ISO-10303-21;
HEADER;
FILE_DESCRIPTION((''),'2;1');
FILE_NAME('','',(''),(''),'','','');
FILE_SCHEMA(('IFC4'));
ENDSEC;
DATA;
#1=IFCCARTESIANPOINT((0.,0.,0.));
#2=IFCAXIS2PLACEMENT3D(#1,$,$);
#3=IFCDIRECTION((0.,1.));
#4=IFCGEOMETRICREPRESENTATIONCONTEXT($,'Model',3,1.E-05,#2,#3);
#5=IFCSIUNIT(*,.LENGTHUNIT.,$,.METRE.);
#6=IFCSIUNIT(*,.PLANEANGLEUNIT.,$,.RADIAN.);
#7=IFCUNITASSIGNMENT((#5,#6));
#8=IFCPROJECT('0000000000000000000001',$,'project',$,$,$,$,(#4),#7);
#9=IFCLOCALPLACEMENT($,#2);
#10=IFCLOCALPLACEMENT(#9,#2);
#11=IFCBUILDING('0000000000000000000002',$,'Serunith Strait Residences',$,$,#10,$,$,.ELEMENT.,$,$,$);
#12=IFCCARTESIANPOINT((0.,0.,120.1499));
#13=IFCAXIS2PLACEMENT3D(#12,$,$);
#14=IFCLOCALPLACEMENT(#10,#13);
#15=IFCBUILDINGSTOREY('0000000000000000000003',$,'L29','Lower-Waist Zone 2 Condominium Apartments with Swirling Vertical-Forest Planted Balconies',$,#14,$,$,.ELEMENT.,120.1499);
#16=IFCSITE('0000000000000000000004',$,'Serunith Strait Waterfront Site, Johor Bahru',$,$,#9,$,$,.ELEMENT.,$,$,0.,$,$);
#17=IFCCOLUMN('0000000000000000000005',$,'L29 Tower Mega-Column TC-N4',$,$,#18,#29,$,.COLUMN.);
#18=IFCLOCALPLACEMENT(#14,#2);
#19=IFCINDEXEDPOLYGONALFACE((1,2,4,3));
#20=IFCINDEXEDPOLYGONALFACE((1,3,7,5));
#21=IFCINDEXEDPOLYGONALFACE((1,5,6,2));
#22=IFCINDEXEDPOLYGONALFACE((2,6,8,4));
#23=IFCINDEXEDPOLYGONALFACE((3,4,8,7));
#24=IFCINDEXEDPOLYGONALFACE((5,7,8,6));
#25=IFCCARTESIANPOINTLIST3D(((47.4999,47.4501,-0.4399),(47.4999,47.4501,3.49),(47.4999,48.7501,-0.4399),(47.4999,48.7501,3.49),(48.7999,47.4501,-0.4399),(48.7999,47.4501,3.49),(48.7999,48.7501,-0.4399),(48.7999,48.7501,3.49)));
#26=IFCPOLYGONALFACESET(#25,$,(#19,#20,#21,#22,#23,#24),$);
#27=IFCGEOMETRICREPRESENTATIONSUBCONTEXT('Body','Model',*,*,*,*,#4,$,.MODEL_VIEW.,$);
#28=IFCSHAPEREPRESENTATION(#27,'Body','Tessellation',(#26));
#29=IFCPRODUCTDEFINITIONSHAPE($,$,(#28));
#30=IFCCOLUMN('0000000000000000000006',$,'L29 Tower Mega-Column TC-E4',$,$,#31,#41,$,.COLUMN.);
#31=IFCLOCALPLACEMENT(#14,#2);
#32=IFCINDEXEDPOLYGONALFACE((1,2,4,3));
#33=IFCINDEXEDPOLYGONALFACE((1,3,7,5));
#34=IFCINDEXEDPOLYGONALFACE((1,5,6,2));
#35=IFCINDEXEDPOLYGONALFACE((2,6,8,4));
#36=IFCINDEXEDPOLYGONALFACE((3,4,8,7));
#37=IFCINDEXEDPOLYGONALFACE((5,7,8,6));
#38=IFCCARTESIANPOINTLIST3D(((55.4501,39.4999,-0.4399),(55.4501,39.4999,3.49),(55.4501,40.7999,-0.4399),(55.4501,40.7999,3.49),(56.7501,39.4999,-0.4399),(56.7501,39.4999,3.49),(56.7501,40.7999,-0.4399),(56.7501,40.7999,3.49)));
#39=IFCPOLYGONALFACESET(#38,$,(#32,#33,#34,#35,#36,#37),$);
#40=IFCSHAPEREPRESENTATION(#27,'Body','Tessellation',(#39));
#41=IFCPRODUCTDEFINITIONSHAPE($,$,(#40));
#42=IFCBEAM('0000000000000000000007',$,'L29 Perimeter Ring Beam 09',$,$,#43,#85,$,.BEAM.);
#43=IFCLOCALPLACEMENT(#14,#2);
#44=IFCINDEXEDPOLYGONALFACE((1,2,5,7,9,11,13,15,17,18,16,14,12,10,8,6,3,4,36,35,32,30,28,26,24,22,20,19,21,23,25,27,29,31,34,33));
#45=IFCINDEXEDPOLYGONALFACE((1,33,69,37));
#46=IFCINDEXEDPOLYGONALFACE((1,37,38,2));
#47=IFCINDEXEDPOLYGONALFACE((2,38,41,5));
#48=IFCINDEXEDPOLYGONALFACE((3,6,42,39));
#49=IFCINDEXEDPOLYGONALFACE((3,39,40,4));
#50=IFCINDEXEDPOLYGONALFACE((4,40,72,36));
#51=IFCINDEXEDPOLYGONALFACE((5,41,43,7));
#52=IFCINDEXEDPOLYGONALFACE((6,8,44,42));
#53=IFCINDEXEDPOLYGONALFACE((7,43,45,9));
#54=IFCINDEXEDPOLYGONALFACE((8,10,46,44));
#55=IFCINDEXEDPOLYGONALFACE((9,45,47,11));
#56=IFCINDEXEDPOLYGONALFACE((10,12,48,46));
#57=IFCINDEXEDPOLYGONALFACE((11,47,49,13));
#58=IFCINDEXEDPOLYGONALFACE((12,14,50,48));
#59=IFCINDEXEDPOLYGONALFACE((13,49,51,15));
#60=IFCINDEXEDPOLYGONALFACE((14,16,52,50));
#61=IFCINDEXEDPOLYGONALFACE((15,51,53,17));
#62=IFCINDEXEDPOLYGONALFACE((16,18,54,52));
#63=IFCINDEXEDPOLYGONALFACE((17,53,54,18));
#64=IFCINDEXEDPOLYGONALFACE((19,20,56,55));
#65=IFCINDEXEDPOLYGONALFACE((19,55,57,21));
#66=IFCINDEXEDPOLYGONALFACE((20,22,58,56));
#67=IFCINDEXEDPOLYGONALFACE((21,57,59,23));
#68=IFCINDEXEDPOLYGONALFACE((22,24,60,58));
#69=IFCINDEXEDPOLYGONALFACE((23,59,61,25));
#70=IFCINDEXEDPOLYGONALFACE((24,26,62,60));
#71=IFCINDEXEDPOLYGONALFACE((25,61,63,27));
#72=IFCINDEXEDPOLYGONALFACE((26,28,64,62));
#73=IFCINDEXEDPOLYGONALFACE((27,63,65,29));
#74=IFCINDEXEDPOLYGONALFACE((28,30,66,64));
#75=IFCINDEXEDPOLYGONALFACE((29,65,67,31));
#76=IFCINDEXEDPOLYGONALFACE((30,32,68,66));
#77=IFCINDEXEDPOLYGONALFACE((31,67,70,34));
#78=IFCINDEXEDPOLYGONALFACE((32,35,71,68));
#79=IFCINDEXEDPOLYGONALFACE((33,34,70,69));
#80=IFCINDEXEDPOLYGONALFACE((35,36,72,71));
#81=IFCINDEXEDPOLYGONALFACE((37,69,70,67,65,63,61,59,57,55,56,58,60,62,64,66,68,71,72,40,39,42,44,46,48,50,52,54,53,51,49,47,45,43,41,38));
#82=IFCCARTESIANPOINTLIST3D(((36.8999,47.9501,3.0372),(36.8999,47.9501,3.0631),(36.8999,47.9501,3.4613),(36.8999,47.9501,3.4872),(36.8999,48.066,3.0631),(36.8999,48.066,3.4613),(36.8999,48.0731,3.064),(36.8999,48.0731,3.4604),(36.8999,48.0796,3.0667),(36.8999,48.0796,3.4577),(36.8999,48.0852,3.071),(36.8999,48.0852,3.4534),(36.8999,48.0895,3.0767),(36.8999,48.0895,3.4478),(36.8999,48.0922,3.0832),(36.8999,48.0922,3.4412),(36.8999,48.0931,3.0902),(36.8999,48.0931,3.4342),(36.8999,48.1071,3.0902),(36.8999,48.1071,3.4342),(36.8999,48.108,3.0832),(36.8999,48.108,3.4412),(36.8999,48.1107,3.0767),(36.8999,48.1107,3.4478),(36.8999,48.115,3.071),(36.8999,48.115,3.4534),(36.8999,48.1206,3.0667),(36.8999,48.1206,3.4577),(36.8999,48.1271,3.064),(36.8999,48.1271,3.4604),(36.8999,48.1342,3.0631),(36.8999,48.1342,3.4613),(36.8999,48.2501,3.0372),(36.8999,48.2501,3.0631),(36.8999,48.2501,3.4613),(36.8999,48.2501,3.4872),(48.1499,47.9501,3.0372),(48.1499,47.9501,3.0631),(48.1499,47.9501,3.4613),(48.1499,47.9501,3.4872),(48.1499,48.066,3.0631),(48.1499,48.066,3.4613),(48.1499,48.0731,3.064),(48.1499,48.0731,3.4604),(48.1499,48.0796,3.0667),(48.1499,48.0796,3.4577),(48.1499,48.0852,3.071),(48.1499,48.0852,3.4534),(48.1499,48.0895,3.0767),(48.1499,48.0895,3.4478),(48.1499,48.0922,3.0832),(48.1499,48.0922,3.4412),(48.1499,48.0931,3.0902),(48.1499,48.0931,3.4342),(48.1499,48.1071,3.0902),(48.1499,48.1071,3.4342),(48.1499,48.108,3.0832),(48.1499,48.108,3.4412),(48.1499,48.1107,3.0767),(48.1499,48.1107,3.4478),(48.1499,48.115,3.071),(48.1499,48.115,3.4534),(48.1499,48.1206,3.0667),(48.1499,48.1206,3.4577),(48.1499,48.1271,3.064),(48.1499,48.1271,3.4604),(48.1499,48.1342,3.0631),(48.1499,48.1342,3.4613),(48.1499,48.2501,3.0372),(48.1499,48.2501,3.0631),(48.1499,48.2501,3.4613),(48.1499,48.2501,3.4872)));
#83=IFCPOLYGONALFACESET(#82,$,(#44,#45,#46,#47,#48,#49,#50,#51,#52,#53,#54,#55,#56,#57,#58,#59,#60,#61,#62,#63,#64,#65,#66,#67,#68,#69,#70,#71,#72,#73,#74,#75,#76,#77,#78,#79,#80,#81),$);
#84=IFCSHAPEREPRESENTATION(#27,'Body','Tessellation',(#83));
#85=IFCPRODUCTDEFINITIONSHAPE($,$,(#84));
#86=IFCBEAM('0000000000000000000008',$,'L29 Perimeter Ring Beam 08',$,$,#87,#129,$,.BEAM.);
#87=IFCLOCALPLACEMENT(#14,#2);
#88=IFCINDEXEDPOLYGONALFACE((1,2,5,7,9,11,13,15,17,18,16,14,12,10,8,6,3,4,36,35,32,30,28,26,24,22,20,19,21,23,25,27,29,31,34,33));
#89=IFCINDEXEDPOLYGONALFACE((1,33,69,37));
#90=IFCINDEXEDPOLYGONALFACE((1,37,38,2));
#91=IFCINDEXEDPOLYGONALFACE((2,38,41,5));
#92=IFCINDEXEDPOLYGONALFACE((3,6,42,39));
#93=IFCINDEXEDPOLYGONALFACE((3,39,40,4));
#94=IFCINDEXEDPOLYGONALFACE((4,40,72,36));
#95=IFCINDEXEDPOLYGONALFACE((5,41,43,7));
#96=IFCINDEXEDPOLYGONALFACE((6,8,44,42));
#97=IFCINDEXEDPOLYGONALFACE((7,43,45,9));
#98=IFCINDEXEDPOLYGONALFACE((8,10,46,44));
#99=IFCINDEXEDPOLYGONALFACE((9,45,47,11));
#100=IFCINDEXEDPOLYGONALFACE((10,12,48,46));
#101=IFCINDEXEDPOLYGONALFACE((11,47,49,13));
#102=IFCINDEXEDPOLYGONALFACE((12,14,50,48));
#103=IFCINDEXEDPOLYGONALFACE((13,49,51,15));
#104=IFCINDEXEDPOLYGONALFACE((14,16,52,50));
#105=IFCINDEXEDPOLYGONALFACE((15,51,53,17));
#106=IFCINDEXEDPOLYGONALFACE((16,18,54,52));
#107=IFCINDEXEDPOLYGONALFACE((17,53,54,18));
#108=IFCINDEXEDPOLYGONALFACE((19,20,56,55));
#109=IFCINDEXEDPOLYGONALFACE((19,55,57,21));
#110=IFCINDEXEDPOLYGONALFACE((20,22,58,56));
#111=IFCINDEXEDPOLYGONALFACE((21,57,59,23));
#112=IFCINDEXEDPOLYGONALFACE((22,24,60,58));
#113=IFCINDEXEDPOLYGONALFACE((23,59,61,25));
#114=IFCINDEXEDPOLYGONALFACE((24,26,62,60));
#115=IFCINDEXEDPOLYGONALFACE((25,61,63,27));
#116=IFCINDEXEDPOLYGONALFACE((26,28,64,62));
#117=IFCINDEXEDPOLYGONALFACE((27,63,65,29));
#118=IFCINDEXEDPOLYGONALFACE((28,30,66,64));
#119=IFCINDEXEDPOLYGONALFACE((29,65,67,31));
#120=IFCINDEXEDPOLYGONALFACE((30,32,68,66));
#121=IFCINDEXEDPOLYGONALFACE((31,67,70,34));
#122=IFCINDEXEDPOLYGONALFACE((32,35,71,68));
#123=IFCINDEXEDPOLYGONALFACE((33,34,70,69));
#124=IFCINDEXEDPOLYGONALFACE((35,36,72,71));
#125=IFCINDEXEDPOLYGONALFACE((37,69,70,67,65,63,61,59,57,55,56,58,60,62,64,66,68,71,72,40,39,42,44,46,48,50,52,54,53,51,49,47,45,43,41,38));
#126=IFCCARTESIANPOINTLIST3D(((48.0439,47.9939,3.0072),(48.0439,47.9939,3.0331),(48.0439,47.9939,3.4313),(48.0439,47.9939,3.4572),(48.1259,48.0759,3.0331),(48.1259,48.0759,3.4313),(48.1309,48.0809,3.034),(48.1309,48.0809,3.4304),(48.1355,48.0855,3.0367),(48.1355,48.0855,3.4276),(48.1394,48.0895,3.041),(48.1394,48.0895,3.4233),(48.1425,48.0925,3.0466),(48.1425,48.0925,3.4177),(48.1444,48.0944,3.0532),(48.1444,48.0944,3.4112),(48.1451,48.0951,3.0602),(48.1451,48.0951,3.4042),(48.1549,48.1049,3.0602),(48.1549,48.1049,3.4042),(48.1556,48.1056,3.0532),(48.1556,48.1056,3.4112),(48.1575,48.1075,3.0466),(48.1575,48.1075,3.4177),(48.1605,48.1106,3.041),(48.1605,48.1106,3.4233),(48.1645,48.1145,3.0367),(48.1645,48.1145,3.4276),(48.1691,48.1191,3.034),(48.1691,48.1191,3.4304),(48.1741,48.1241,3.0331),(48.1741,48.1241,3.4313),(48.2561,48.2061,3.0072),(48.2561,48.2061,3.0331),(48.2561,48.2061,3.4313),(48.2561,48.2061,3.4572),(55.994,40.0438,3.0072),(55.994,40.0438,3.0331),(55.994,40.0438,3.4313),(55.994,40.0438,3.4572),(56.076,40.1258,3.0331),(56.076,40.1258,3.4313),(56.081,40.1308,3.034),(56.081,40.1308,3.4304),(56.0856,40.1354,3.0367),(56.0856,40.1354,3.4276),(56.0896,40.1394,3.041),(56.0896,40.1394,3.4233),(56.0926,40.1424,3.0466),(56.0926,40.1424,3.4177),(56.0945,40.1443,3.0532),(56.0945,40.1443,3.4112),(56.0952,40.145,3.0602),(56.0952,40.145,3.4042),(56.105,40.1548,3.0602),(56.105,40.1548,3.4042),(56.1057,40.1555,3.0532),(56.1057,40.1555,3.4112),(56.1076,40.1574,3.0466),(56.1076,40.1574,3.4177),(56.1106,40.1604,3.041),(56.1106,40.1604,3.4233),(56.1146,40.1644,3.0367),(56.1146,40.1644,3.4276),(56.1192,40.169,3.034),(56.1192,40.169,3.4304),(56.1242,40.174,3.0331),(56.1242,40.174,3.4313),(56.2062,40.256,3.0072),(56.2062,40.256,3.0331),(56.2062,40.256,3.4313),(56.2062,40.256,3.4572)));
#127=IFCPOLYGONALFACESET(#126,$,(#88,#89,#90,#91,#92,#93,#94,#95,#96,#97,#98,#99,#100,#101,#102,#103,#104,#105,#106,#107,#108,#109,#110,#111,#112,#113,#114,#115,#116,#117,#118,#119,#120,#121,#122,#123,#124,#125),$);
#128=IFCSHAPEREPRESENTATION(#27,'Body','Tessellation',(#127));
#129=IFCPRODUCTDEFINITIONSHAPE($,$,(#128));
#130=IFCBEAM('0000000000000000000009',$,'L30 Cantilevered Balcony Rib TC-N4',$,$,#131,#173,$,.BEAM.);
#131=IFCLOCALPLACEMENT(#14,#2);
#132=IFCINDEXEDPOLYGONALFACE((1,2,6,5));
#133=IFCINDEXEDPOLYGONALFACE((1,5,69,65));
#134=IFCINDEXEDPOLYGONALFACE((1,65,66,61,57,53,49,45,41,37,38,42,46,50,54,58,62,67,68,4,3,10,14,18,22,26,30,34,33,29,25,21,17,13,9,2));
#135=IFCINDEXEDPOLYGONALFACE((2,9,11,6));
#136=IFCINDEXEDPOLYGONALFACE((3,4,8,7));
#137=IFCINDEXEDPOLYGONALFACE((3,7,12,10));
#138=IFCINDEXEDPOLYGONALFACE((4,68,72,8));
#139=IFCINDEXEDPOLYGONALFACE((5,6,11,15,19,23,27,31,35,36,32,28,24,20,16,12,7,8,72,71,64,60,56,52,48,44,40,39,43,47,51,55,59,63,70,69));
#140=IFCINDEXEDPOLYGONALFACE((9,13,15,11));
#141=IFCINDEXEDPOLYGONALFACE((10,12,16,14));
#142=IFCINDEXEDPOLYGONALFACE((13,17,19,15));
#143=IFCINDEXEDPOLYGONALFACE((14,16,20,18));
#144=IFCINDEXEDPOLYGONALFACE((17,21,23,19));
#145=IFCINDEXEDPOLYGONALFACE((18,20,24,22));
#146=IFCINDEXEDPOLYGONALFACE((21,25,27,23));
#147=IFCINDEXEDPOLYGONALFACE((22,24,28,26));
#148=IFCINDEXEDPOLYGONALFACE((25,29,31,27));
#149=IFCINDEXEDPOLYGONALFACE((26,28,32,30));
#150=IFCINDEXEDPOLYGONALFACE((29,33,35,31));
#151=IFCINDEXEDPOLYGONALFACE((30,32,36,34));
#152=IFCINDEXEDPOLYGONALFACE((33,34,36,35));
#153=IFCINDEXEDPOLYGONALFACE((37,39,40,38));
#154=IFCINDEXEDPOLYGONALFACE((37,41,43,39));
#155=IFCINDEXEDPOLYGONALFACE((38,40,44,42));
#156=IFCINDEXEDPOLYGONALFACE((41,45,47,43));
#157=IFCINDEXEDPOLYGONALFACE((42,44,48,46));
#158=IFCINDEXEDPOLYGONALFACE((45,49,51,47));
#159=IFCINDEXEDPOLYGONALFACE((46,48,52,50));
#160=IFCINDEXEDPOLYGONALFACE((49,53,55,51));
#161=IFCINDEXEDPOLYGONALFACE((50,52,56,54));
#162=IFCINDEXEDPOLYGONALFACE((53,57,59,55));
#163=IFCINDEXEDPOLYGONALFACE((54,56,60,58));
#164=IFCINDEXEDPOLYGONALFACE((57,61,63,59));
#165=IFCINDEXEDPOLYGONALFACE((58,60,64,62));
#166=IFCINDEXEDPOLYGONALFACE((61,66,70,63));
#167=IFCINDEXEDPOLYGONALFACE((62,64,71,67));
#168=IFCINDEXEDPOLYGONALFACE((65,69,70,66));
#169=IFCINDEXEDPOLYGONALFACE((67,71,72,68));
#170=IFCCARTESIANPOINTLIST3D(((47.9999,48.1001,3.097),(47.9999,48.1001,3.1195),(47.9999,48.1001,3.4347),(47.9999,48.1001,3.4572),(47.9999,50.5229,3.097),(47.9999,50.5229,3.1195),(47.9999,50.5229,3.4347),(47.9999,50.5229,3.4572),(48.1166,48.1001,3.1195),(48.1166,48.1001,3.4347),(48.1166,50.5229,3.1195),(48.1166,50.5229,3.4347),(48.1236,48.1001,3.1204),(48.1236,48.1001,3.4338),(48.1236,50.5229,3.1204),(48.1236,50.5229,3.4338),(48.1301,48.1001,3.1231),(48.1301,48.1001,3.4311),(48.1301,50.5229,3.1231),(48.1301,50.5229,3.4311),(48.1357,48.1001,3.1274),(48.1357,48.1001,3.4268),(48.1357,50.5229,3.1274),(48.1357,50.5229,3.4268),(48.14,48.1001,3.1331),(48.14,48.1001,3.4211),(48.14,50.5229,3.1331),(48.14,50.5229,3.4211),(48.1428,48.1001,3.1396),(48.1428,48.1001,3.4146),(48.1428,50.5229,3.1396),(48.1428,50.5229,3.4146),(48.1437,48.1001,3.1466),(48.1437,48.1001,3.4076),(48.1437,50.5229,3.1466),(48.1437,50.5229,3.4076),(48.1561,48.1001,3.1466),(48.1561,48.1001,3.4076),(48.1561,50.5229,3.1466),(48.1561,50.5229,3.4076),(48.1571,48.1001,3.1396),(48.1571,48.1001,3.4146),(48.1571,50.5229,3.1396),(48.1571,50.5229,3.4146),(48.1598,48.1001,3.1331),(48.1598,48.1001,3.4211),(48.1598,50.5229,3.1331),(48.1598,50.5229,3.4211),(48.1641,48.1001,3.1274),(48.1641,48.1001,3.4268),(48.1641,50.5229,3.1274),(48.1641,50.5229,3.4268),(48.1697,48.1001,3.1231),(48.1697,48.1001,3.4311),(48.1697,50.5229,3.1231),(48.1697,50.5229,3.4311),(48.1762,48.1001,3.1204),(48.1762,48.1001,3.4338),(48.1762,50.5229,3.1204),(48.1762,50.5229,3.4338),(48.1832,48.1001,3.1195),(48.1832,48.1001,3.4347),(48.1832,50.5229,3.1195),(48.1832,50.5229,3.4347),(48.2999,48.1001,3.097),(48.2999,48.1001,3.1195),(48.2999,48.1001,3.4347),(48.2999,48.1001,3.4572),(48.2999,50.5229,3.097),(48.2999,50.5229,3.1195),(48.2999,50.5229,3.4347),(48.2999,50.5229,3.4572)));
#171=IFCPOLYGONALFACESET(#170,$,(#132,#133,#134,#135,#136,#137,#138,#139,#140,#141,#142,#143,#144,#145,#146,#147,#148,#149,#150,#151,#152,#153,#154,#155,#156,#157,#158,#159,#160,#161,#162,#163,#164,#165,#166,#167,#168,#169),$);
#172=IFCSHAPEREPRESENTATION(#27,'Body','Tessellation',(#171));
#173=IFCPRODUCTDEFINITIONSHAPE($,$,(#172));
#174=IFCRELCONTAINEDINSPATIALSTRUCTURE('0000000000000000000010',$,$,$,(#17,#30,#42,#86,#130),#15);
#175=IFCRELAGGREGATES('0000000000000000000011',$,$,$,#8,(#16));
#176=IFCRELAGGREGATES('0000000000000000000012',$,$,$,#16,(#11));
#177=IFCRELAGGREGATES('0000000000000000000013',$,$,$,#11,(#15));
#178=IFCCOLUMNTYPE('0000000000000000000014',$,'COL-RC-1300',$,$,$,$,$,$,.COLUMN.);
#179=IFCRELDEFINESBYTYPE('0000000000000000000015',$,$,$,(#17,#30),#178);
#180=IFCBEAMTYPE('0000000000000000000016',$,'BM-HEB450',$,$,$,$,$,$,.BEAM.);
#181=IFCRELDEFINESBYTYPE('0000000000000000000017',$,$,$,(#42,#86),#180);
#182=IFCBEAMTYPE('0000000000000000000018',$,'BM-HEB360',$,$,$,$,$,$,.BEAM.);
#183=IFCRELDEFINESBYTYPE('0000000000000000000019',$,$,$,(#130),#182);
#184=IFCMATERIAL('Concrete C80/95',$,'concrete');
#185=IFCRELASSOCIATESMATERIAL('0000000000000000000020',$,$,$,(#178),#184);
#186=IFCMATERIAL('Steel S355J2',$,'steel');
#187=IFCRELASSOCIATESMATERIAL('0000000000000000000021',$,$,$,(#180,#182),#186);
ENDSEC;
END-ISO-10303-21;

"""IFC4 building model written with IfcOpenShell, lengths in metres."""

from ifc_helpers import new_model, si_unit, direction, frame, origin, origin_2d, place, context, subcontext, project, spatial, rectangle, i_section, extrude, source, transform, mapped, material, material_profile, profile_set, type_object, element, save


model = new_model("IFC4")

# Units and contexts
model_context = context("Model", 3, precision=1e-05, world=origin(), true_north=direction((0.0, 1.0)))
body_context = subcontext(model_context, "Body", "Model", "MODEL_VIEW")
ifc_project = project(units=[si_unit("LENGTHUNIT", "METRE"), si_unit("PLANEANGLEUNIT", "RADIAN")], contexts=[model_context])

# Site, building, storey
site_placement = place(None, origin())
site = spatial("IfcSite", under=ifc_project, at=site_placement, Name="Serunith Strait Waterfront Site, Johor Bahru", CompositionType="ELEMENT", RefElevation=0.0)
building_placement = place(site_placement, origin())
building = spatial("IfcBuilding", under=site, at=building_placement, Name="Serunith Strait Residences", CompositionType="ELEMENT")
storey_placement = place(building_placement, frame((0.0, 0.0, 120.1499)))
storey = spatial("IfcBuildingStorey", under=building, at=storey_placement, Name="L29", Description="Lower-Waist Zone 2 Condominium Apartments with Swirling Vertical-Forest Planted Balconies", CompositionType="ELEMENT", Elevation=120.1499)

# Columns
ifc_material_1 = material(Name="Concrete C80/95", Category="concrete")
ifc_material_profile_1 = material_profile(ifc_material_1, rectangle(XDim=1.3, YDim=1.3, at=origin_2d()), Name="RC 1300x1300")
ifc_profile_set_1 = profile_set([ifc_material_profile_1], Name="Concrete C80/95")
column_type = type_object("IfcColumnType", Name="COL-RC-1300", PredefinedType="COLUMN", material=ifc_profile_set_1)
shared_shape_1 = source(origin(), body_context, "Body", "SweptSolid", [
    extrude(rectangle(XDim=1.3, YDim=1.3, at=origin_2d()), origin(), (0.0, 0.0, 1.0), 3.9299),
])
for number, where, z_axis, x_axis, name in (
    (1, (48.1499, 48.1001, -0.4399), (0.0, 0.0, 1.0), (1.0, 0.0, 0.0), "L29 Tower Mega-Column TC-N4"),
    (2, (56.1001, 40.1499, -0.4399), (0.0, 0.0, 1.0), (1.0, 0.0, 0.0), "L29 Tower Mega-Column TC-E4"),
):
    element("IfcColumn", number, at=place(storey_placement, frame(where, z_axis=z_axis, x_axis=x_axis)), inside=storey, type_object=column_type, Name=name, PredefinedType="COLUMN", context=body_context, shape_type="MappedRepresentation", body=[
        mapped(shared_shape_1, transform((0.0, 0.0, 0.0), scale=1.0)),
    ])

# Beams
ifc_material_2 = material(Name="Steel S355J2", Category="steel")
ifc_material_profile_2 = material_profile(ifc_material_2, i_section(OverallWidth=0.3, OverallDepth=0.45, WebThickness=0.0139, FlangeThickness=0.0259, FilletRadius=0.0271, at=origin_2d()), Name="HEB 450")
ifc_profile_set_2 = profile_set([ifc_material_profile_2], Name="Steel S355J2")
beam_type_1 = type_object("IfcBeamType", Name="BM-HEB450", PredefinedType="BEAM", material=ifc_profile_set_2)
shared_shape_2 = source(origin(), body_context, "Body", "SweptSolid", [
    extrude(i_section(OverallWidth=0.3, OverallDepth=0.45, WebThickness=0.0139, FlangeThickness=0.0259, FilletRadius=0.0271, at=origin_2d()), origin(), (0.0, 0.0, 1.0), 11.25),
])
beam_1_placement = place(storey_placement, frame((48.1499, 48.1001, 3.2622), z_axis=(-1.0, 0.0, 0.0), x_axis=(0.0, -1.0, 0.0)))
element("IfcBeam", 3, at=beam_1_placement, inside=storey, type_object=beam_type_1, Name="L29 Perimeter Ring Beam 09", PredefinedType="BEAM", context=body_context, shape_type="MappedRepresentation", body=[
    mapped(shared_shape_2, transform((0.0, 0.0, 0.0), scale=1.0)),
])
shared_shape_3 = source(origin(), body_context, "Body", "SweptSolid", [
    extrude(i_section(OverallWidth=0.3, OverallDepth=0.45, WebThickness=0.0139, FlangeThickness=0.0259, FilletRadius=0.0271, at=origin_2d()), origin(), (0.0, 0.0, 1.0), 11.2432),
])
beam_2_placement = place(storey_placement, frame((56.1001, 40.1499, 3.2322), z_axis=(-0.707107, 0.707107, 0.0), x_axis=(-0.707107, -0.707107, 0.0)))
element("IfcBeam", 4, at=beam_2_placement, inside=storey, type_object=beam_type_1, Name="L29 Perimeter Ring Beam 08", PredefinedType="BEAM", context=body_context, shape_type="MappedRepresentation", body=[
    mapped(shared_shape_3, transform((0.0, 0.0, 0.0), scale=1.0)),
])
ifc_material_profile_3 = material_profile(ifc_material_2, i_section(OverallWidth=0.3, OverallDepth=0.3601, WebThickness=0.0125, FlangeThickness=0.0225, FilletRadius=0.0271, at=origin_2d()), Name="HEB 360")
ifc_profile_set_3 = profile_set([ifc_material_profile_3], Name="Steel S355J2")
beam_type_2 = type_object("IfcBeamType", Name="BM-HEB360", PredefinedType="BEAM", material=ifc_profile_set_3)
shared_shape_4 = source(origin(), body_context, "Body", "SweptSolid", [
    extrude(i_section(OverallWidth=0.3, OverallDepth=0.3601, WebThickness=0.0125, FlangeThickness=0.0225, FilletRadius=0.0271, at=origin_2d()), origin(), (0.0, 0.0, 1.0), 2.4229),
])
beam_3_placement = place(storey_placement, frame((48.1499, 48.1001, 3.2771), z_axis=(0.0, 1.0, 0.0), x_axis=(-1.0, 0.0, 0.0)))
element("IfcBeam", 5, at=beam_3_placement, inside=storey, type_object=beam_type_2, Name="L30 Cantilevered Balcony Rib TC-N4", PredefinedType="BEAM", context=body_context, shape_type="MappedRepresentation", body=[
    mapped(shared_shape_4, transform((0.0, 0.0, 0.0), scale=1.0)),
])

save(model, "model.ifc")
